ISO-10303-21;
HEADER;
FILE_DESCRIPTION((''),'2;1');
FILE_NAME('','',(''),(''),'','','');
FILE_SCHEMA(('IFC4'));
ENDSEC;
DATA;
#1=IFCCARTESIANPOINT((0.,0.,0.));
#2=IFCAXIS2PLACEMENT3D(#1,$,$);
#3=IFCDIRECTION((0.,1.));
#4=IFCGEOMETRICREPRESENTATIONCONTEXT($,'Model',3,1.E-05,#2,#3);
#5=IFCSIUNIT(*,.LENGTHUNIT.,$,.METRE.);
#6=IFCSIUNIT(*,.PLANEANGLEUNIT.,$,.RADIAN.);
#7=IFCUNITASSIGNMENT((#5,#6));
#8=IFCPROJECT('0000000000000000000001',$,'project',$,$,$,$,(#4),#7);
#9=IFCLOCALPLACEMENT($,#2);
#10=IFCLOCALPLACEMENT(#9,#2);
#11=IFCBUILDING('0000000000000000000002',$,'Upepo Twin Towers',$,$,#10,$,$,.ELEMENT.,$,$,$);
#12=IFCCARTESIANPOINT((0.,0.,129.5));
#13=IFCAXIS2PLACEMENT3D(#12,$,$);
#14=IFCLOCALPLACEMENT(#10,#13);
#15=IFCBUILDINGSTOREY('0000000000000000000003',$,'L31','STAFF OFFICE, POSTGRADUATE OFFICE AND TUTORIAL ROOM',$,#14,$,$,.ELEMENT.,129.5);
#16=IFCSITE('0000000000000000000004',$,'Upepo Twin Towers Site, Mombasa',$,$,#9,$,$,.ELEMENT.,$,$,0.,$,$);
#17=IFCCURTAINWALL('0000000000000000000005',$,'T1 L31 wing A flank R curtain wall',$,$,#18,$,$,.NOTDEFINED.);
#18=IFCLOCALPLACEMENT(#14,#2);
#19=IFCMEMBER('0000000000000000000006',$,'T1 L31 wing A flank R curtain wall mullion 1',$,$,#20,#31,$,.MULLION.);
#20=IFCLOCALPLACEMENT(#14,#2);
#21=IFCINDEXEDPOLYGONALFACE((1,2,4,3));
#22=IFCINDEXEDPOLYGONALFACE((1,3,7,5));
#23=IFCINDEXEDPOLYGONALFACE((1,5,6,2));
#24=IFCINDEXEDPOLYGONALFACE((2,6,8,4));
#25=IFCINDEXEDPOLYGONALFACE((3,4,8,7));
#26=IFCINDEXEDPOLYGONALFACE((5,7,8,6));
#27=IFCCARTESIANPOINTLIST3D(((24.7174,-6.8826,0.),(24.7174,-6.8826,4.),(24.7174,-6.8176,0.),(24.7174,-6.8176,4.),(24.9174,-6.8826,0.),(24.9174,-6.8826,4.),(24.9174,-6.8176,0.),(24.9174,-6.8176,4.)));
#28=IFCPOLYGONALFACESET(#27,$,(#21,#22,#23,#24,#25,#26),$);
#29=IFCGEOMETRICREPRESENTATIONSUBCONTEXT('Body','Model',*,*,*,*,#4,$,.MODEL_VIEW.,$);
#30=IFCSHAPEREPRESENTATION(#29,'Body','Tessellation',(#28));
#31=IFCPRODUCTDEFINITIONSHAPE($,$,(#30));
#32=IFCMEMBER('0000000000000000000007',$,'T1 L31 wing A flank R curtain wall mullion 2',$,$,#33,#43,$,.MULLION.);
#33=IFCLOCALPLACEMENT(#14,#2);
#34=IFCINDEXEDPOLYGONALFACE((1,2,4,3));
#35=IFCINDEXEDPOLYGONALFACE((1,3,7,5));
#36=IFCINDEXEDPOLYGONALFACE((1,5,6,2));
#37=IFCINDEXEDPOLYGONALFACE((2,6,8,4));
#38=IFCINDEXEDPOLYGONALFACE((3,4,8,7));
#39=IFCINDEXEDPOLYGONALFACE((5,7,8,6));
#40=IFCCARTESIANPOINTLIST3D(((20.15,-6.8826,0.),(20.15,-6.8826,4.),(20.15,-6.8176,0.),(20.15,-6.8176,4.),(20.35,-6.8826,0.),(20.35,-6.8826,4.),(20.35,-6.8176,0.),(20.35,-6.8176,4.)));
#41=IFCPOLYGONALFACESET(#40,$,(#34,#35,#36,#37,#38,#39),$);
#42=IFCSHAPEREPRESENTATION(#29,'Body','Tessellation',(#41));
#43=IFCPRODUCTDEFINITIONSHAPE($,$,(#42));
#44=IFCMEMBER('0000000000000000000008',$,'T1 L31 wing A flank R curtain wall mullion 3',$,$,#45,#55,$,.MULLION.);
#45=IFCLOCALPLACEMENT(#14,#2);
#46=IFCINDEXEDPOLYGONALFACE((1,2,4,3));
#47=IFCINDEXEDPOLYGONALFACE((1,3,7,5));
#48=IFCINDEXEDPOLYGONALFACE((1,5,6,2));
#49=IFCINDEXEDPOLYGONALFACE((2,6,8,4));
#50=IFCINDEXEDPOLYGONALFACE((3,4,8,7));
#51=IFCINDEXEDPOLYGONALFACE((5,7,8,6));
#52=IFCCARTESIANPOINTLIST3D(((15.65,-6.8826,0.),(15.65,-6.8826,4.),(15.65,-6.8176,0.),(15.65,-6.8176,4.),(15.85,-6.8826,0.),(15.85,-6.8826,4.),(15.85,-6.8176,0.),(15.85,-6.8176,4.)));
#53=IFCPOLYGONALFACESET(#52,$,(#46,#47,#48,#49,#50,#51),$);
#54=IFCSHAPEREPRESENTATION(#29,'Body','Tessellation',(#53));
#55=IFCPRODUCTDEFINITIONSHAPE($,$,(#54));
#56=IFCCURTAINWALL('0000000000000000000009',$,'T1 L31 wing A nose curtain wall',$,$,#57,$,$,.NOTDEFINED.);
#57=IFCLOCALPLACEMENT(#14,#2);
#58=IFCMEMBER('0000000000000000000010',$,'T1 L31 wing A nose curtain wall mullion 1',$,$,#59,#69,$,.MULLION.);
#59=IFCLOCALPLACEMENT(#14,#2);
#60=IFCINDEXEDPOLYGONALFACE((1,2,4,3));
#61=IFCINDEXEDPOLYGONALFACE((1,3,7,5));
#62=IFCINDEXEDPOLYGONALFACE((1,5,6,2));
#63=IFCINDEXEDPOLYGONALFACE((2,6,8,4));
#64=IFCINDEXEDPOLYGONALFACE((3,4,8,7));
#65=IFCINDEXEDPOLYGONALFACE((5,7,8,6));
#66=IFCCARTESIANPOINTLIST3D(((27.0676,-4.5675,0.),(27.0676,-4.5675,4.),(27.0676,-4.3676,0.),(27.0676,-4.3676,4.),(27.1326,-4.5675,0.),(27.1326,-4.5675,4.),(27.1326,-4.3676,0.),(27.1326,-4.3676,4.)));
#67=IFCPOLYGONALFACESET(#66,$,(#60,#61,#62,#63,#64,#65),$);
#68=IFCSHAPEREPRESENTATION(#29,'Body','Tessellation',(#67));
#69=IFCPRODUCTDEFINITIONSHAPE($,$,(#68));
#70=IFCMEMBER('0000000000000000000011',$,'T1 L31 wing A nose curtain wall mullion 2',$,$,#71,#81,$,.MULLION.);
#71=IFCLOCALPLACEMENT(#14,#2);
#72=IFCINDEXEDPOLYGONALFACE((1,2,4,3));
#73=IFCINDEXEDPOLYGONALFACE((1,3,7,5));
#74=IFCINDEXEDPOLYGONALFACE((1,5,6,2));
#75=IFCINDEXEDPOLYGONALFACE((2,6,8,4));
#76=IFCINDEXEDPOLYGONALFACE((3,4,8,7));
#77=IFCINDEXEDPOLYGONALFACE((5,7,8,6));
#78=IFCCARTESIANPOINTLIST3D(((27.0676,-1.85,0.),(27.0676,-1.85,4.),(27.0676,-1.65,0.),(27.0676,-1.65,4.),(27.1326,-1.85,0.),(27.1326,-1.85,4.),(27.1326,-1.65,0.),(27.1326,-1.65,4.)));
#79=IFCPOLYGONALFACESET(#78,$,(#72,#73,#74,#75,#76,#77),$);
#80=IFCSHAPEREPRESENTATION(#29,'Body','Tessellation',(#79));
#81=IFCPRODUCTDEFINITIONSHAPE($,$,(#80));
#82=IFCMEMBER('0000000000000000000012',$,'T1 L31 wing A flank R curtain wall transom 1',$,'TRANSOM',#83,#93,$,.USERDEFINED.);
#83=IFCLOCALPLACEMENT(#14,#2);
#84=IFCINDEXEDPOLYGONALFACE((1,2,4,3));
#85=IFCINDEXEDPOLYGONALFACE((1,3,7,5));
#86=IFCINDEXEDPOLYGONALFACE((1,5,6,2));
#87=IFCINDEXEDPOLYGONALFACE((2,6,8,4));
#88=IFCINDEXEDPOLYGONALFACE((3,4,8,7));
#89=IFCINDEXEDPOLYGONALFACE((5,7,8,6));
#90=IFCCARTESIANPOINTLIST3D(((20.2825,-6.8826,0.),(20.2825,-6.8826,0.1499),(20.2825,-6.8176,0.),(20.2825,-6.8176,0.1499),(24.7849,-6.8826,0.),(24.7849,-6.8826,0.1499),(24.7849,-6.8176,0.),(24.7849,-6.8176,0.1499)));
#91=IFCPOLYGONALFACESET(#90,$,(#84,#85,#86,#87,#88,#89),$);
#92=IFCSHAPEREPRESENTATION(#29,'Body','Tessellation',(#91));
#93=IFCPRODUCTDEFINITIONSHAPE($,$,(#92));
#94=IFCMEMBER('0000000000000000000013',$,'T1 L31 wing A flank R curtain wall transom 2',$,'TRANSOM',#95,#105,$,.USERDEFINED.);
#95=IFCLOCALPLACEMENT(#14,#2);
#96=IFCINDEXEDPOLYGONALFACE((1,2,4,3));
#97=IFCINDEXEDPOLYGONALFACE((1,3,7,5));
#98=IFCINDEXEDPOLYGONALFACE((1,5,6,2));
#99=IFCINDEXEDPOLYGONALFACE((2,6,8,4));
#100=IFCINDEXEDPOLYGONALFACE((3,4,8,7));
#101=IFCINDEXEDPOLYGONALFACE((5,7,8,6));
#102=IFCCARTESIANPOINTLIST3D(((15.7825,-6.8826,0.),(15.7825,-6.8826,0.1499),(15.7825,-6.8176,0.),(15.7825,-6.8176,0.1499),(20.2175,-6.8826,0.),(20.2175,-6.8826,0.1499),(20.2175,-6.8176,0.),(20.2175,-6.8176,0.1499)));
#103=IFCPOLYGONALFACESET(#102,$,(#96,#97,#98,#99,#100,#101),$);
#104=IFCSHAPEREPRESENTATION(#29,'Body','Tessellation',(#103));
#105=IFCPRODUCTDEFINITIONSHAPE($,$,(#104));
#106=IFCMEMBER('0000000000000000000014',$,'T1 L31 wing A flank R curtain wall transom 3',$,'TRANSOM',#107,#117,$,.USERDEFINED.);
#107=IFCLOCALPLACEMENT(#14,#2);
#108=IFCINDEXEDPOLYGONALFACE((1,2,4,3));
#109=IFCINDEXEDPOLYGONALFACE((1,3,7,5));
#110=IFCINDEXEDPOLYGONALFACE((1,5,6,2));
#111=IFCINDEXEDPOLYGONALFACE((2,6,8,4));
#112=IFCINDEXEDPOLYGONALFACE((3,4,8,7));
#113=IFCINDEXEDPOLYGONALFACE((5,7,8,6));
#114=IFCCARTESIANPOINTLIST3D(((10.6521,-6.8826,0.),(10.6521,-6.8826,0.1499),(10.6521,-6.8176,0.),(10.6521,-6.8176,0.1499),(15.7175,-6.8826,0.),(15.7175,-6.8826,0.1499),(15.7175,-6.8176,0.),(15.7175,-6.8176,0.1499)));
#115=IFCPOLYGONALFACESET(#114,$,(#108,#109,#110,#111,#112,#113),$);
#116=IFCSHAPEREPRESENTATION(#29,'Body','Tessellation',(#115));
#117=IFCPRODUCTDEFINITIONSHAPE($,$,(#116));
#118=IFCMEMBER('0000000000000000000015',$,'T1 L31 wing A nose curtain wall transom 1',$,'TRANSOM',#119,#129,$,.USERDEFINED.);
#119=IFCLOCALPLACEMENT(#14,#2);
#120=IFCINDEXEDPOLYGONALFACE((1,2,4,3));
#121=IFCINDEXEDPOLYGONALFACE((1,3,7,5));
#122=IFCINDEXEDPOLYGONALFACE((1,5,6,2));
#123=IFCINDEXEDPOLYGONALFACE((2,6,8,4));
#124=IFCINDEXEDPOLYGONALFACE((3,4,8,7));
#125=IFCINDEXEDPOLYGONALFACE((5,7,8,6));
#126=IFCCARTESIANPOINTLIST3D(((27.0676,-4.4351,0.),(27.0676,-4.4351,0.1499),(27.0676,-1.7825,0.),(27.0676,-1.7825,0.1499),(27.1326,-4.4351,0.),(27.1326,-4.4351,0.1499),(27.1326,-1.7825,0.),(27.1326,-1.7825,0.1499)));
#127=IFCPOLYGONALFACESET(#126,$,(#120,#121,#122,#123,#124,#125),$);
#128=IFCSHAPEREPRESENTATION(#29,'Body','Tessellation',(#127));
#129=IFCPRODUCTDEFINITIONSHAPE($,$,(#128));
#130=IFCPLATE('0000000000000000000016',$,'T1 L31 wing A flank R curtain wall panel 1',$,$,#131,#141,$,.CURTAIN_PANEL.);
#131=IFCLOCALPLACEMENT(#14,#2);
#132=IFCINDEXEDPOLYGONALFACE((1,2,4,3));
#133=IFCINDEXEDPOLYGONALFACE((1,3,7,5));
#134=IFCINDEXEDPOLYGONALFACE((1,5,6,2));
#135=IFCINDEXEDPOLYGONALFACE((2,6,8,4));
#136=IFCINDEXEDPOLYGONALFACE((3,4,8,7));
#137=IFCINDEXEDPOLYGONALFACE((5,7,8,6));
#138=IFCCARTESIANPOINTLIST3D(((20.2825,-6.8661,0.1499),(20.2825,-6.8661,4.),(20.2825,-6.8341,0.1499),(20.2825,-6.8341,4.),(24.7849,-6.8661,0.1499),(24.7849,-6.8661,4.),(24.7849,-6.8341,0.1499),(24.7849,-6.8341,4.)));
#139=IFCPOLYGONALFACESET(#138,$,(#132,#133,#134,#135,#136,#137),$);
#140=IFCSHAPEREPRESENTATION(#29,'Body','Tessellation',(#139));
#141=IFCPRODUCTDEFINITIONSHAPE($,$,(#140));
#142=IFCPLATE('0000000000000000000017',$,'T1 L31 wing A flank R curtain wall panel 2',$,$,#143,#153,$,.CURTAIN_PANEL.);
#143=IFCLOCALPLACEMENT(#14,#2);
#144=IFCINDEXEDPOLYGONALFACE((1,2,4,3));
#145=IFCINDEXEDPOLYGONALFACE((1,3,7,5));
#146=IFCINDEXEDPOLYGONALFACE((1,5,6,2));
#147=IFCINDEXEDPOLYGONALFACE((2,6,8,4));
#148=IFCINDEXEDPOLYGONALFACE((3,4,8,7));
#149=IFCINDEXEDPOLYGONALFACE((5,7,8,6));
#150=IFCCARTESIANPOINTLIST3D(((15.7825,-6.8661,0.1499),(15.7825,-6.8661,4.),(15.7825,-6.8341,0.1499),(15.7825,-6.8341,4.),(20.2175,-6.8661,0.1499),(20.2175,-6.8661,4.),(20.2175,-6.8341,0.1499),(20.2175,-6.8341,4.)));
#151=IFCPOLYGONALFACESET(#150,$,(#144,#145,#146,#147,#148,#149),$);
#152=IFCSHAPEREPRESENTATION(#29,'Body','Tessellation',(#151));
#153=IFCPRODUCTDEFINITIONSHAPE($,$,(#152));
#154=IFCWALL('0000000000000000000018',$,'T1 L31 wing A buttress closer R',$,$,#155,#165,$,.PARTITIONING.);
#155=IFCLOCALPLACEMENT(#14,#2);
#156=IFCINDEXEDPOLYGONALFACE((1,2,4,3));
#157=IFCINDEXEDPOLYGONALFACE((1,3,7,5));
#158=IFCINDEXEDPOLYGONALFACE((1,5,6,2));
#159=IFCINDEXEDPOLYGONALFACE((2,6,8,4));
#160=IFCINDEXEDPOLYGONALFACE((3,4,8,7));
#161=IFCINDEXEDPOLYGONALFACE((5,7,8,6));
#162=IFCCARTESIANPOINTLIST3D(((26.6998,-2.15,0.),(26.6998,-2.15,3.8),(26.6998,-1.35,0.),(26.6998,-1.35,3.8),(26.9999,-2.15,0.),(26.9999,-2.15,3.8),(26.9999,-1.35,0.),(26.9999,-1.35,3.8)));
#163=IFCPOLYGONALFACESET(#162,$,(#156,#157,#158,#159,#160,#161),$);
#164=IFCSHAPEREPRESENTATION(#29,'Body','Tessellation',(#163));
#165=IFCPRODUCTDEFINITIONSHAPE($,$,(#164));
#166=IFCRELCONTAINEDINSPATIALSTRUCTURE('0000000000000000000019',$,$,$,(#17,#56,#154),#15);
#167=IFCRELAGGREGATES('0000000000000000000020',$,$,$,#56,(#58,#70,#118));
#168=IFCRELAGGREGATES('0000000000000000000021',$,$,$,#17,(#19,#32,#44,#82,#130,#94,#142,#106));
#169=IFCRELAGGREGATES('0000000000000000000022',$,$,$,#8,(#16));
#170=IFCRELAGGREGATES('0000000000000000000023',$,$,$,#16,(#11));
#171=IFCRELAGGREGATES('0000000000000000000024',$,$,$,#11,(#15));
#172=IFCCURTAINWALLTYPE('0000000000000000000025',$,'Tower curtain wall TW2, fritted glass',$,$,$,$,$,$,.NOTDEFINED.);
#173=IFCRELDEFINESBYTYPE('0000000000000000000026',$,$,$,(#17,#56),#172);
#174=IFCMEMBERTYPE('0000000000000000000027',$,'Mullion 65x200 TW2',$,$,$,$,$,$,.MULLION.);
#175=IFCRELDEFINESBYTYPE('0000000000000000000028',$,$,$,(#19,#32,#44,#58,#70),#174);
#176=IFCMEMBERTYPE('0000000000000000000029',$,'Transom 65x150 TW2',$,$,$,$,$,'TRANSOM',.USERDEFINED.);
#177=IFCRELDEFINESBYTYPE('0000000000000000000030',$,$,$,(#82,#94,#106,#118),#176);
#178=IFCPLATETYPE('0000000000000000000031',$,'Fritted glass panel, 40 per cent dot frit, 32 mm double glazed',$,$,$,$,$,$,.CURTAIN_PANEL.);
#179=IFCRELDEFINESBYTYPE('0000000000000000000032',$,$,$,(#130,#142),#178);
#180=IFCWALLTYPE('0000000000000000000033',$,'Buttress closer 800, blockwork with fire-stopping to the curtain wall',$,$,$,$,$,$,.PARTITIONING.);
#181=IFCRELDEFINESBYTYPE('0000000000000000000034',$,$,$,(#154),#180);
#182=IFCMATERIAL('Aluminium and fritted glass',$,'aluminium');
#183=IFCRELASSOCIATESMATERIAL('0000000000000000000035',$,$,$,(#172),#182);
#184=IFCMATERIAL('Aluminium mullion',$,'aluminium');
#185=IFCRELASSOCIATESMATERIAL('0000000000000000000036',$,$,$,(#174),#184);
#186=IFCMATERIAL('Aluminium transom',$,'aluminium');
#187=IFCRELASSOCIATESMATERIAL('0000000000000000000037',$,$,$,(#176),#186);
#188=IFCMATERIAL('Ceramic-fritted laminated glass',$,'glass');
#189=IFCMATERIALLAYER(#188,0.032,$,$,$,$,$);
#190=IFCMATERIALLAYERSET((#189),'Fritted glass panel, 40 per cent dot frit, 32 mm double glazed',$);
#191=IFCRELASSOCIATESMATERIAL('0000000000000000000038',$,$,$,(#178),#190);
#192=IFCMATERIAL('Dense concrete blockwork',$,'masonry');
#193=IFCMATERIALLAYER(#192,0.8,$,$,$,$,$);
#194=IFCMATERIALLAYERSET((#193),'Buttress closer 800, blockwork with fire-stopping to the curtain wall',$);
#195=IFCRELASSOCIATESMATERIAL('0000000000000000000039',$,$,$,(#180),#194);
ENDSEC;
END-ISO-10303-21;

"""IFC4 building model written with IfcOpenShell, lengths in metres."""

from ifc_helpers import new_model, si_unit, direction, frame, frame_2d, origin, origin_2d, place, context, subcontext, project, spatial, rectangle, extrude, material, layer, layer_set, material_profile, profile_set, type_object, element, aggregate, save


model = new_model("IFC4")

# Units and contexts
model_context = context("Model", 3, precision=1e-05, world=origin(), true_north=direction((0.0, 1.0)))
body_context = subcontext(model_context, "Body", "Model", "MODEL_VIEW")
ifc_project = project(units=[si_unit("LENGTHUNIT", "METRE"), si_unit("PLANEANGLEUNIT", "RADIAN")], contexts=[model_context])

# Site, building, storey
site_placement = place(None, origin())
site = spatial("IfcSite", under=ifc_project, at=site_placement, Name="Upepo Twin Towers Site, Mombasa", CompositionType="ELEMENT", RefElevation=0.0)
building_placement = place(site_placement, origin())
building = spatial("IfcBuilding", under=site, at=building_placement, Name="Upepo Twin Towers", CompositionType="ELEMENT")
storey_placement = place(building_placement, frame((0.0, 0.0, 129.5)))
storey = spatial("IfcBuildingStorey", under=building, at=storey_placement, Name="L31", Description="STAFF OFFICE, POSTGRADUATE OFFICE AND TUTORIAL ROOM", CompositionType="ELEMENT", Elevation=129.5)

# Curtain walls, members
ifc_material_1 = material(Name="Aluminium and fritted glass", Category="aluminium")
curtain_wall_type = type_object("IfcCurtainWallType", Name="Tower curtain wall TW2, fritted glass", PredefinedType="NOTDEFINED", material=ifc_material_1)
curtain_wall_1_placement = place(storey_placement, origin())
curtain_wall_1 = element("IfcCurtainWall", 1, at=curtain_wall_1_placement, inside=storey, type_object=curtain_wall_type, Name="T1 L31 wing A flank R curtain wall", PredefinedType="NOTDEFINED")
ifc_material_2 = material(Name="Aluminium mullion", Category="aluminium")
ifc_material_profile_1 = material_profile(ifc_material_2, rectangle(XDim=0.0649, YDim=0.2, at=origin_2d()), Name="MULLION 65x200")
ifc_profile_set_1 = profile_set([ifc_material_profile_1], Name="Aluminium mullion")
member_type_1 = type_object("IfcMemberType", Name="Mullion 65x200 TW2", PredefinedType="MULLION", material=ifc_profile_set_1)
member_1_placement = place(storey_placement, frame((24.8174, -6.8501, 0.0), z_axis=(0.0, 0.0, 1.0), x_axis=(0.0, -1.0, 0.0)))
member_1 = element("IfcMember", 2, at=member_1_placement, type_object=member_type_1, Name="T1 L31 wing A flank R curtain wall mullion 1", PredefinedType="MULLION", context=body_context, shape_type="SweptSolid", body=[
    extrude(rectangle(XDim=0.0649, YDim=0.2, at=origin_2d()), origin(), (0.0, 0.0, 1.0), 4.0),
])
member_2_placement = place(storey_placement, frame((20.25, -6.8501, 0.0), z_axis=(0.0, 0.0, 1.0), x_axis=(0.0, -1.0, 0.0)))
member_2 = element("IfcMember", 3, at=member_2_placement, type_object=member_type_1, Name="T1 L31 wing A flank R curtain wall mullion 2", PredefinedType="MULLION", context=body_context, shape_type="SweptSolid", body=[
    extrude(rectangle(XDim=0.0649, YDim=0.2, at=origin_2d()), origin(), (0.0, 0.0, 1.0), 4.0),
])
member_3_placement = place(storey_placement, frame((15.75, -6.8501, 0.0), z_axis=(0.0, 0.0, 1.0), x_axis=(0.0, -1.0, 0.0)))
member_3 = element("IfcMember", 4, at=member_3_placement, type_object=member_type_1, Name="T1 L31 wing A flank R curtain wall mullion 3", PredefinedType="MULLION", context=body_context, shape_type="SweptSolid", body=[
    extrude(rectangle(XDim=0.0649, YDim=0.2, at=origin_2d()), origin(), (0.0, 0.0, 1.0), 4.0),
])
curtain_wall_2_placement = place(storey_placement, origin())
curtain_wall_2 = element("IfcCurtainWall", 5, at=curtain_wall_2_placement, inside=storey, type_object=curtain_wall_type, Name="T1 L31 wing A nose curtain wall", PredefinedType="NOTDEFINED")
member_4_placement = place(storey_placement, frame((27.1001, -4.4675, 0.0), z_axis=(0.0, 0.0, 1.0), x_axis=(-1.0, 0.0, 0.0)))
member_4 = element("IfcMember", 6, at=member_4_placement, type_object=member_type_1, Name="T1 L31 wing A nose curtain wall mullion 1", PredefinedType="MULLION", context=body_context, shape_type="SweptSolid", body=[
    extrude(rectangle(XDim=0.0649, YDim=0.2, at=origin_2d()), origin(), (0.0, 0.0, 1.0), 4.0),
])
member_5_placement = place(storey_placement, frame((27.1001, -1.75, 0.0), z_axis=(0.0, 0.0, 1.0), x_axis=(-1.0, 0.0, 0.0)))
member_5 = element("IfcMember", 7, at=member_5_placement, type_object=member_type_1, Name="T1 L31 wing A nose curtain wall mullion 2", PredefinedType="MULLION", context=body_context, shape_type="SweptSolid", body=[
    extrude(rectangle(XDim=0.0649, YDim=0.2, at=origin_2d()), origin(), (0.0, 0.0, 1.0), 4.0),
])

# Members
ifc_material_3 = material(Name="Aluminium transom", Category="aluminium")
ifc_material_profile_2 = material_profile(ifc_material_3, rectangle(XDim=0.0649, YDim=0.1499, at=origin_2d()), Name="TRANSOM 65x150")
ifc_profile_set_2 = profile_set([ifc_material_profile_2], Name="Aluminium transom")
member_type_2 = type_object("IfcMemberType", Name="Transom 65x150 TW2", ElementType="TRANSOM", PredefinedType="USERDEFINED", material=ifc_profile_set_2)
member_6_placement = place(storey_placement, frame((24.7849, -6.8501, 0.075), z_axis=(-1.0, 0.0, 0.0), x_axis=(0.0, -1.0, 0.0)))
member_6 = element("IfcMember", 8, at=member_6_placement, type_object=member_type_2, Name="T1 L31 wing A flank R curtain wall transom 1", ObjectType="TRANSOM", PredefinedType="USERDEFINED", context=body_context, shape_type="SweptSolid", body=[
    extrude(rectangle(XDim=0.0649, YDim=0.1499, at=origin_2d()), origin(), (0.0, 0.0, 1.0), 4.5024),
])
member_7_placement = place(storey_placement, frame((20.2175, -6.8501, 0.075), z_axis=(-1.0, 0.0, 0.0), x_axis=(0.0, -1.0, 0.0)))
member_7 = element("IfcMember", 9, at=member_7_placement, type_object=member_type_2, Name="T1 L31 wing A flank R curtain wall transom 2", ObjectType="TRANSOM", PredefinedType="USERDEFINED", context=body_context, shape_type="SweptSolid", body=[
    extrude(rectangle(XDim=0.0649, YDim=0.1499, at=origin_2d()), origin(), (0.0, 0.0, 1.0), 4.4351),
])
member_8_placement = place(storey_placement, frame((15.7175, -6.8501, 0.075), z_axis=(-1.0, 0.0, 0.0), x_axis=(0.0, -1.0, 0.0)))
member_8 = element("IfcMember", 10, at=member_8_placement, type_object=member_type_2, Name="T1 L31 wing A flank R curtain wall transom 3", ObjectType="TRANSOM", PredefinedType="USERDEFINED", context=body_context, shape_type="SweptSolid", body=[
    extrude(rectangle(XDim=0.0649, YDim=0.1499, at=origin_2d()), origin(), (0.0, 0.0, 1.0), 5.0654),
])
member_9_placement = place(storey_placement, frame((27.1001, -4.4351, 0.075), z_axis=(0.0, 1.0, 0.0), x_axis=(-1.0, 0.0, 0.0)))
member_9 = element("IfcMember", 11, at=member_9_placement, type_object=member_type_2, Name="T1 L31 wing A nose curtain wall transom 1", ObjectType="TRANSOM", PredefinedType="USERDEFINED", context=body_context, shape_type="SweptSolid", body=[
    extrude(rectangle(XDim=0.0649, YDim=0.1499, at=origin_2d()), origin(), (0.0, 0.0, 1.0), 2.6526),
])
aggregate(curtain_wall_2, [member_4, member_5, member_9])

# Plates
ifc_material_4 = material(Name="Ceramic-fritted laminated glass", Category="glass")
ifc_layer_1 = layer(ifc_material_4, 0.032)
ifc_layer_set_1 = layer_set([ifc_layer_1], Name="Fritted glass panel, 40 per cent dot frit, 32 mm double glazed")
plate_type = type_object("IfcPlateType", Name="Fritted glass panel, 40 per cent dot frit, 32 mm double glazed", PredefinedType="CURTAIN_PANEL", material=ifc_layer_set_1)
plate_1_placement = place(storey_placement, frame((22.5337, -6.8501, 0.1499), z_axis=(0.0, 0.0, 1.0), x_axis=(-1.0, 0.0, 0.0)))
plate_1 = element("IfcPlate", 12, at=plate_1_placement, type_object=plate_type, Name="T1 L31 wing A flank R curtain wall panel 1", PredefinedType="CURTAIN_PANEL", context=body_context, shape_type="SweptSolid", body=[
    extrude(rectangle(XDim=4.5024, YDim=0.032, at=origin_2d()), origin(), (0.0, 0.0, 1.0), 3.8501),
])
plate_2_placement = place(storey_placement, frame((18.0, -6.8501, 0.1499), z_axis=(0.0, 0.0, 1.0), x_axis=(-1.0, 0.0, 0.0)))
plate_2 = element("IfcPlate", 13, at=plate_2_placement, type_object=plate_type, Name="T1 L31 wing A flank R curtain wall panel 2", PredefinedType="CURTAIN_PANEL", context=body_context, shape_type="SweptSolid", body=[
    extrude(rectangle(XDim=4.4351, YDim=0.032, at=origin_2d()), origin(), (0.0, 0.0, 1.0), 3.8501),
])
aggregate(curtain_wall_1, [member_1, member_2, member_3, member_6, plate_1, member_7, plate_2, member_8])

# Wall
ifc_material_5 = material(Name="Dense concrete blockwork", Category="masonry")
ifc_layer_2 = layer(ifc_material_5, 0.8)
ifc_layer_set_2 = layer_set([ifc_layer_2], Name="Buttress closer 800, blockwork with fire-stopping to the curtain wall")
wall_type_1 = type_object("IfcWallType", Name="Buttress closer 800, blockwork with fire-stopping to the curtain wall", PredefinedType="PARTITIONING", material=ifc_layer_set_2)
wall_1_placement = place(storey_placement, frame((26.7, -1.75, 0.0), z_axis=(0.0, 0.0, 1.0), x_axis=(1.0, 0.0, 0.0)))
element("IfcWall", 14, at=wall_1_placement, inside=storey, type_object=wall_type_1, Name="T1 L31 wing A buttress closer R", PredefinedType="PARTITIONING", context=body_context, shape_type="SweptSolid", body=[
    extrude(rectangle(XDim=0.3, YDim=0.8, at=frame_2d((0.1499, 0.0))), origin(), (0.0, 0.0, 1.0), 3.8),
])

save(model, "model.ifc")
